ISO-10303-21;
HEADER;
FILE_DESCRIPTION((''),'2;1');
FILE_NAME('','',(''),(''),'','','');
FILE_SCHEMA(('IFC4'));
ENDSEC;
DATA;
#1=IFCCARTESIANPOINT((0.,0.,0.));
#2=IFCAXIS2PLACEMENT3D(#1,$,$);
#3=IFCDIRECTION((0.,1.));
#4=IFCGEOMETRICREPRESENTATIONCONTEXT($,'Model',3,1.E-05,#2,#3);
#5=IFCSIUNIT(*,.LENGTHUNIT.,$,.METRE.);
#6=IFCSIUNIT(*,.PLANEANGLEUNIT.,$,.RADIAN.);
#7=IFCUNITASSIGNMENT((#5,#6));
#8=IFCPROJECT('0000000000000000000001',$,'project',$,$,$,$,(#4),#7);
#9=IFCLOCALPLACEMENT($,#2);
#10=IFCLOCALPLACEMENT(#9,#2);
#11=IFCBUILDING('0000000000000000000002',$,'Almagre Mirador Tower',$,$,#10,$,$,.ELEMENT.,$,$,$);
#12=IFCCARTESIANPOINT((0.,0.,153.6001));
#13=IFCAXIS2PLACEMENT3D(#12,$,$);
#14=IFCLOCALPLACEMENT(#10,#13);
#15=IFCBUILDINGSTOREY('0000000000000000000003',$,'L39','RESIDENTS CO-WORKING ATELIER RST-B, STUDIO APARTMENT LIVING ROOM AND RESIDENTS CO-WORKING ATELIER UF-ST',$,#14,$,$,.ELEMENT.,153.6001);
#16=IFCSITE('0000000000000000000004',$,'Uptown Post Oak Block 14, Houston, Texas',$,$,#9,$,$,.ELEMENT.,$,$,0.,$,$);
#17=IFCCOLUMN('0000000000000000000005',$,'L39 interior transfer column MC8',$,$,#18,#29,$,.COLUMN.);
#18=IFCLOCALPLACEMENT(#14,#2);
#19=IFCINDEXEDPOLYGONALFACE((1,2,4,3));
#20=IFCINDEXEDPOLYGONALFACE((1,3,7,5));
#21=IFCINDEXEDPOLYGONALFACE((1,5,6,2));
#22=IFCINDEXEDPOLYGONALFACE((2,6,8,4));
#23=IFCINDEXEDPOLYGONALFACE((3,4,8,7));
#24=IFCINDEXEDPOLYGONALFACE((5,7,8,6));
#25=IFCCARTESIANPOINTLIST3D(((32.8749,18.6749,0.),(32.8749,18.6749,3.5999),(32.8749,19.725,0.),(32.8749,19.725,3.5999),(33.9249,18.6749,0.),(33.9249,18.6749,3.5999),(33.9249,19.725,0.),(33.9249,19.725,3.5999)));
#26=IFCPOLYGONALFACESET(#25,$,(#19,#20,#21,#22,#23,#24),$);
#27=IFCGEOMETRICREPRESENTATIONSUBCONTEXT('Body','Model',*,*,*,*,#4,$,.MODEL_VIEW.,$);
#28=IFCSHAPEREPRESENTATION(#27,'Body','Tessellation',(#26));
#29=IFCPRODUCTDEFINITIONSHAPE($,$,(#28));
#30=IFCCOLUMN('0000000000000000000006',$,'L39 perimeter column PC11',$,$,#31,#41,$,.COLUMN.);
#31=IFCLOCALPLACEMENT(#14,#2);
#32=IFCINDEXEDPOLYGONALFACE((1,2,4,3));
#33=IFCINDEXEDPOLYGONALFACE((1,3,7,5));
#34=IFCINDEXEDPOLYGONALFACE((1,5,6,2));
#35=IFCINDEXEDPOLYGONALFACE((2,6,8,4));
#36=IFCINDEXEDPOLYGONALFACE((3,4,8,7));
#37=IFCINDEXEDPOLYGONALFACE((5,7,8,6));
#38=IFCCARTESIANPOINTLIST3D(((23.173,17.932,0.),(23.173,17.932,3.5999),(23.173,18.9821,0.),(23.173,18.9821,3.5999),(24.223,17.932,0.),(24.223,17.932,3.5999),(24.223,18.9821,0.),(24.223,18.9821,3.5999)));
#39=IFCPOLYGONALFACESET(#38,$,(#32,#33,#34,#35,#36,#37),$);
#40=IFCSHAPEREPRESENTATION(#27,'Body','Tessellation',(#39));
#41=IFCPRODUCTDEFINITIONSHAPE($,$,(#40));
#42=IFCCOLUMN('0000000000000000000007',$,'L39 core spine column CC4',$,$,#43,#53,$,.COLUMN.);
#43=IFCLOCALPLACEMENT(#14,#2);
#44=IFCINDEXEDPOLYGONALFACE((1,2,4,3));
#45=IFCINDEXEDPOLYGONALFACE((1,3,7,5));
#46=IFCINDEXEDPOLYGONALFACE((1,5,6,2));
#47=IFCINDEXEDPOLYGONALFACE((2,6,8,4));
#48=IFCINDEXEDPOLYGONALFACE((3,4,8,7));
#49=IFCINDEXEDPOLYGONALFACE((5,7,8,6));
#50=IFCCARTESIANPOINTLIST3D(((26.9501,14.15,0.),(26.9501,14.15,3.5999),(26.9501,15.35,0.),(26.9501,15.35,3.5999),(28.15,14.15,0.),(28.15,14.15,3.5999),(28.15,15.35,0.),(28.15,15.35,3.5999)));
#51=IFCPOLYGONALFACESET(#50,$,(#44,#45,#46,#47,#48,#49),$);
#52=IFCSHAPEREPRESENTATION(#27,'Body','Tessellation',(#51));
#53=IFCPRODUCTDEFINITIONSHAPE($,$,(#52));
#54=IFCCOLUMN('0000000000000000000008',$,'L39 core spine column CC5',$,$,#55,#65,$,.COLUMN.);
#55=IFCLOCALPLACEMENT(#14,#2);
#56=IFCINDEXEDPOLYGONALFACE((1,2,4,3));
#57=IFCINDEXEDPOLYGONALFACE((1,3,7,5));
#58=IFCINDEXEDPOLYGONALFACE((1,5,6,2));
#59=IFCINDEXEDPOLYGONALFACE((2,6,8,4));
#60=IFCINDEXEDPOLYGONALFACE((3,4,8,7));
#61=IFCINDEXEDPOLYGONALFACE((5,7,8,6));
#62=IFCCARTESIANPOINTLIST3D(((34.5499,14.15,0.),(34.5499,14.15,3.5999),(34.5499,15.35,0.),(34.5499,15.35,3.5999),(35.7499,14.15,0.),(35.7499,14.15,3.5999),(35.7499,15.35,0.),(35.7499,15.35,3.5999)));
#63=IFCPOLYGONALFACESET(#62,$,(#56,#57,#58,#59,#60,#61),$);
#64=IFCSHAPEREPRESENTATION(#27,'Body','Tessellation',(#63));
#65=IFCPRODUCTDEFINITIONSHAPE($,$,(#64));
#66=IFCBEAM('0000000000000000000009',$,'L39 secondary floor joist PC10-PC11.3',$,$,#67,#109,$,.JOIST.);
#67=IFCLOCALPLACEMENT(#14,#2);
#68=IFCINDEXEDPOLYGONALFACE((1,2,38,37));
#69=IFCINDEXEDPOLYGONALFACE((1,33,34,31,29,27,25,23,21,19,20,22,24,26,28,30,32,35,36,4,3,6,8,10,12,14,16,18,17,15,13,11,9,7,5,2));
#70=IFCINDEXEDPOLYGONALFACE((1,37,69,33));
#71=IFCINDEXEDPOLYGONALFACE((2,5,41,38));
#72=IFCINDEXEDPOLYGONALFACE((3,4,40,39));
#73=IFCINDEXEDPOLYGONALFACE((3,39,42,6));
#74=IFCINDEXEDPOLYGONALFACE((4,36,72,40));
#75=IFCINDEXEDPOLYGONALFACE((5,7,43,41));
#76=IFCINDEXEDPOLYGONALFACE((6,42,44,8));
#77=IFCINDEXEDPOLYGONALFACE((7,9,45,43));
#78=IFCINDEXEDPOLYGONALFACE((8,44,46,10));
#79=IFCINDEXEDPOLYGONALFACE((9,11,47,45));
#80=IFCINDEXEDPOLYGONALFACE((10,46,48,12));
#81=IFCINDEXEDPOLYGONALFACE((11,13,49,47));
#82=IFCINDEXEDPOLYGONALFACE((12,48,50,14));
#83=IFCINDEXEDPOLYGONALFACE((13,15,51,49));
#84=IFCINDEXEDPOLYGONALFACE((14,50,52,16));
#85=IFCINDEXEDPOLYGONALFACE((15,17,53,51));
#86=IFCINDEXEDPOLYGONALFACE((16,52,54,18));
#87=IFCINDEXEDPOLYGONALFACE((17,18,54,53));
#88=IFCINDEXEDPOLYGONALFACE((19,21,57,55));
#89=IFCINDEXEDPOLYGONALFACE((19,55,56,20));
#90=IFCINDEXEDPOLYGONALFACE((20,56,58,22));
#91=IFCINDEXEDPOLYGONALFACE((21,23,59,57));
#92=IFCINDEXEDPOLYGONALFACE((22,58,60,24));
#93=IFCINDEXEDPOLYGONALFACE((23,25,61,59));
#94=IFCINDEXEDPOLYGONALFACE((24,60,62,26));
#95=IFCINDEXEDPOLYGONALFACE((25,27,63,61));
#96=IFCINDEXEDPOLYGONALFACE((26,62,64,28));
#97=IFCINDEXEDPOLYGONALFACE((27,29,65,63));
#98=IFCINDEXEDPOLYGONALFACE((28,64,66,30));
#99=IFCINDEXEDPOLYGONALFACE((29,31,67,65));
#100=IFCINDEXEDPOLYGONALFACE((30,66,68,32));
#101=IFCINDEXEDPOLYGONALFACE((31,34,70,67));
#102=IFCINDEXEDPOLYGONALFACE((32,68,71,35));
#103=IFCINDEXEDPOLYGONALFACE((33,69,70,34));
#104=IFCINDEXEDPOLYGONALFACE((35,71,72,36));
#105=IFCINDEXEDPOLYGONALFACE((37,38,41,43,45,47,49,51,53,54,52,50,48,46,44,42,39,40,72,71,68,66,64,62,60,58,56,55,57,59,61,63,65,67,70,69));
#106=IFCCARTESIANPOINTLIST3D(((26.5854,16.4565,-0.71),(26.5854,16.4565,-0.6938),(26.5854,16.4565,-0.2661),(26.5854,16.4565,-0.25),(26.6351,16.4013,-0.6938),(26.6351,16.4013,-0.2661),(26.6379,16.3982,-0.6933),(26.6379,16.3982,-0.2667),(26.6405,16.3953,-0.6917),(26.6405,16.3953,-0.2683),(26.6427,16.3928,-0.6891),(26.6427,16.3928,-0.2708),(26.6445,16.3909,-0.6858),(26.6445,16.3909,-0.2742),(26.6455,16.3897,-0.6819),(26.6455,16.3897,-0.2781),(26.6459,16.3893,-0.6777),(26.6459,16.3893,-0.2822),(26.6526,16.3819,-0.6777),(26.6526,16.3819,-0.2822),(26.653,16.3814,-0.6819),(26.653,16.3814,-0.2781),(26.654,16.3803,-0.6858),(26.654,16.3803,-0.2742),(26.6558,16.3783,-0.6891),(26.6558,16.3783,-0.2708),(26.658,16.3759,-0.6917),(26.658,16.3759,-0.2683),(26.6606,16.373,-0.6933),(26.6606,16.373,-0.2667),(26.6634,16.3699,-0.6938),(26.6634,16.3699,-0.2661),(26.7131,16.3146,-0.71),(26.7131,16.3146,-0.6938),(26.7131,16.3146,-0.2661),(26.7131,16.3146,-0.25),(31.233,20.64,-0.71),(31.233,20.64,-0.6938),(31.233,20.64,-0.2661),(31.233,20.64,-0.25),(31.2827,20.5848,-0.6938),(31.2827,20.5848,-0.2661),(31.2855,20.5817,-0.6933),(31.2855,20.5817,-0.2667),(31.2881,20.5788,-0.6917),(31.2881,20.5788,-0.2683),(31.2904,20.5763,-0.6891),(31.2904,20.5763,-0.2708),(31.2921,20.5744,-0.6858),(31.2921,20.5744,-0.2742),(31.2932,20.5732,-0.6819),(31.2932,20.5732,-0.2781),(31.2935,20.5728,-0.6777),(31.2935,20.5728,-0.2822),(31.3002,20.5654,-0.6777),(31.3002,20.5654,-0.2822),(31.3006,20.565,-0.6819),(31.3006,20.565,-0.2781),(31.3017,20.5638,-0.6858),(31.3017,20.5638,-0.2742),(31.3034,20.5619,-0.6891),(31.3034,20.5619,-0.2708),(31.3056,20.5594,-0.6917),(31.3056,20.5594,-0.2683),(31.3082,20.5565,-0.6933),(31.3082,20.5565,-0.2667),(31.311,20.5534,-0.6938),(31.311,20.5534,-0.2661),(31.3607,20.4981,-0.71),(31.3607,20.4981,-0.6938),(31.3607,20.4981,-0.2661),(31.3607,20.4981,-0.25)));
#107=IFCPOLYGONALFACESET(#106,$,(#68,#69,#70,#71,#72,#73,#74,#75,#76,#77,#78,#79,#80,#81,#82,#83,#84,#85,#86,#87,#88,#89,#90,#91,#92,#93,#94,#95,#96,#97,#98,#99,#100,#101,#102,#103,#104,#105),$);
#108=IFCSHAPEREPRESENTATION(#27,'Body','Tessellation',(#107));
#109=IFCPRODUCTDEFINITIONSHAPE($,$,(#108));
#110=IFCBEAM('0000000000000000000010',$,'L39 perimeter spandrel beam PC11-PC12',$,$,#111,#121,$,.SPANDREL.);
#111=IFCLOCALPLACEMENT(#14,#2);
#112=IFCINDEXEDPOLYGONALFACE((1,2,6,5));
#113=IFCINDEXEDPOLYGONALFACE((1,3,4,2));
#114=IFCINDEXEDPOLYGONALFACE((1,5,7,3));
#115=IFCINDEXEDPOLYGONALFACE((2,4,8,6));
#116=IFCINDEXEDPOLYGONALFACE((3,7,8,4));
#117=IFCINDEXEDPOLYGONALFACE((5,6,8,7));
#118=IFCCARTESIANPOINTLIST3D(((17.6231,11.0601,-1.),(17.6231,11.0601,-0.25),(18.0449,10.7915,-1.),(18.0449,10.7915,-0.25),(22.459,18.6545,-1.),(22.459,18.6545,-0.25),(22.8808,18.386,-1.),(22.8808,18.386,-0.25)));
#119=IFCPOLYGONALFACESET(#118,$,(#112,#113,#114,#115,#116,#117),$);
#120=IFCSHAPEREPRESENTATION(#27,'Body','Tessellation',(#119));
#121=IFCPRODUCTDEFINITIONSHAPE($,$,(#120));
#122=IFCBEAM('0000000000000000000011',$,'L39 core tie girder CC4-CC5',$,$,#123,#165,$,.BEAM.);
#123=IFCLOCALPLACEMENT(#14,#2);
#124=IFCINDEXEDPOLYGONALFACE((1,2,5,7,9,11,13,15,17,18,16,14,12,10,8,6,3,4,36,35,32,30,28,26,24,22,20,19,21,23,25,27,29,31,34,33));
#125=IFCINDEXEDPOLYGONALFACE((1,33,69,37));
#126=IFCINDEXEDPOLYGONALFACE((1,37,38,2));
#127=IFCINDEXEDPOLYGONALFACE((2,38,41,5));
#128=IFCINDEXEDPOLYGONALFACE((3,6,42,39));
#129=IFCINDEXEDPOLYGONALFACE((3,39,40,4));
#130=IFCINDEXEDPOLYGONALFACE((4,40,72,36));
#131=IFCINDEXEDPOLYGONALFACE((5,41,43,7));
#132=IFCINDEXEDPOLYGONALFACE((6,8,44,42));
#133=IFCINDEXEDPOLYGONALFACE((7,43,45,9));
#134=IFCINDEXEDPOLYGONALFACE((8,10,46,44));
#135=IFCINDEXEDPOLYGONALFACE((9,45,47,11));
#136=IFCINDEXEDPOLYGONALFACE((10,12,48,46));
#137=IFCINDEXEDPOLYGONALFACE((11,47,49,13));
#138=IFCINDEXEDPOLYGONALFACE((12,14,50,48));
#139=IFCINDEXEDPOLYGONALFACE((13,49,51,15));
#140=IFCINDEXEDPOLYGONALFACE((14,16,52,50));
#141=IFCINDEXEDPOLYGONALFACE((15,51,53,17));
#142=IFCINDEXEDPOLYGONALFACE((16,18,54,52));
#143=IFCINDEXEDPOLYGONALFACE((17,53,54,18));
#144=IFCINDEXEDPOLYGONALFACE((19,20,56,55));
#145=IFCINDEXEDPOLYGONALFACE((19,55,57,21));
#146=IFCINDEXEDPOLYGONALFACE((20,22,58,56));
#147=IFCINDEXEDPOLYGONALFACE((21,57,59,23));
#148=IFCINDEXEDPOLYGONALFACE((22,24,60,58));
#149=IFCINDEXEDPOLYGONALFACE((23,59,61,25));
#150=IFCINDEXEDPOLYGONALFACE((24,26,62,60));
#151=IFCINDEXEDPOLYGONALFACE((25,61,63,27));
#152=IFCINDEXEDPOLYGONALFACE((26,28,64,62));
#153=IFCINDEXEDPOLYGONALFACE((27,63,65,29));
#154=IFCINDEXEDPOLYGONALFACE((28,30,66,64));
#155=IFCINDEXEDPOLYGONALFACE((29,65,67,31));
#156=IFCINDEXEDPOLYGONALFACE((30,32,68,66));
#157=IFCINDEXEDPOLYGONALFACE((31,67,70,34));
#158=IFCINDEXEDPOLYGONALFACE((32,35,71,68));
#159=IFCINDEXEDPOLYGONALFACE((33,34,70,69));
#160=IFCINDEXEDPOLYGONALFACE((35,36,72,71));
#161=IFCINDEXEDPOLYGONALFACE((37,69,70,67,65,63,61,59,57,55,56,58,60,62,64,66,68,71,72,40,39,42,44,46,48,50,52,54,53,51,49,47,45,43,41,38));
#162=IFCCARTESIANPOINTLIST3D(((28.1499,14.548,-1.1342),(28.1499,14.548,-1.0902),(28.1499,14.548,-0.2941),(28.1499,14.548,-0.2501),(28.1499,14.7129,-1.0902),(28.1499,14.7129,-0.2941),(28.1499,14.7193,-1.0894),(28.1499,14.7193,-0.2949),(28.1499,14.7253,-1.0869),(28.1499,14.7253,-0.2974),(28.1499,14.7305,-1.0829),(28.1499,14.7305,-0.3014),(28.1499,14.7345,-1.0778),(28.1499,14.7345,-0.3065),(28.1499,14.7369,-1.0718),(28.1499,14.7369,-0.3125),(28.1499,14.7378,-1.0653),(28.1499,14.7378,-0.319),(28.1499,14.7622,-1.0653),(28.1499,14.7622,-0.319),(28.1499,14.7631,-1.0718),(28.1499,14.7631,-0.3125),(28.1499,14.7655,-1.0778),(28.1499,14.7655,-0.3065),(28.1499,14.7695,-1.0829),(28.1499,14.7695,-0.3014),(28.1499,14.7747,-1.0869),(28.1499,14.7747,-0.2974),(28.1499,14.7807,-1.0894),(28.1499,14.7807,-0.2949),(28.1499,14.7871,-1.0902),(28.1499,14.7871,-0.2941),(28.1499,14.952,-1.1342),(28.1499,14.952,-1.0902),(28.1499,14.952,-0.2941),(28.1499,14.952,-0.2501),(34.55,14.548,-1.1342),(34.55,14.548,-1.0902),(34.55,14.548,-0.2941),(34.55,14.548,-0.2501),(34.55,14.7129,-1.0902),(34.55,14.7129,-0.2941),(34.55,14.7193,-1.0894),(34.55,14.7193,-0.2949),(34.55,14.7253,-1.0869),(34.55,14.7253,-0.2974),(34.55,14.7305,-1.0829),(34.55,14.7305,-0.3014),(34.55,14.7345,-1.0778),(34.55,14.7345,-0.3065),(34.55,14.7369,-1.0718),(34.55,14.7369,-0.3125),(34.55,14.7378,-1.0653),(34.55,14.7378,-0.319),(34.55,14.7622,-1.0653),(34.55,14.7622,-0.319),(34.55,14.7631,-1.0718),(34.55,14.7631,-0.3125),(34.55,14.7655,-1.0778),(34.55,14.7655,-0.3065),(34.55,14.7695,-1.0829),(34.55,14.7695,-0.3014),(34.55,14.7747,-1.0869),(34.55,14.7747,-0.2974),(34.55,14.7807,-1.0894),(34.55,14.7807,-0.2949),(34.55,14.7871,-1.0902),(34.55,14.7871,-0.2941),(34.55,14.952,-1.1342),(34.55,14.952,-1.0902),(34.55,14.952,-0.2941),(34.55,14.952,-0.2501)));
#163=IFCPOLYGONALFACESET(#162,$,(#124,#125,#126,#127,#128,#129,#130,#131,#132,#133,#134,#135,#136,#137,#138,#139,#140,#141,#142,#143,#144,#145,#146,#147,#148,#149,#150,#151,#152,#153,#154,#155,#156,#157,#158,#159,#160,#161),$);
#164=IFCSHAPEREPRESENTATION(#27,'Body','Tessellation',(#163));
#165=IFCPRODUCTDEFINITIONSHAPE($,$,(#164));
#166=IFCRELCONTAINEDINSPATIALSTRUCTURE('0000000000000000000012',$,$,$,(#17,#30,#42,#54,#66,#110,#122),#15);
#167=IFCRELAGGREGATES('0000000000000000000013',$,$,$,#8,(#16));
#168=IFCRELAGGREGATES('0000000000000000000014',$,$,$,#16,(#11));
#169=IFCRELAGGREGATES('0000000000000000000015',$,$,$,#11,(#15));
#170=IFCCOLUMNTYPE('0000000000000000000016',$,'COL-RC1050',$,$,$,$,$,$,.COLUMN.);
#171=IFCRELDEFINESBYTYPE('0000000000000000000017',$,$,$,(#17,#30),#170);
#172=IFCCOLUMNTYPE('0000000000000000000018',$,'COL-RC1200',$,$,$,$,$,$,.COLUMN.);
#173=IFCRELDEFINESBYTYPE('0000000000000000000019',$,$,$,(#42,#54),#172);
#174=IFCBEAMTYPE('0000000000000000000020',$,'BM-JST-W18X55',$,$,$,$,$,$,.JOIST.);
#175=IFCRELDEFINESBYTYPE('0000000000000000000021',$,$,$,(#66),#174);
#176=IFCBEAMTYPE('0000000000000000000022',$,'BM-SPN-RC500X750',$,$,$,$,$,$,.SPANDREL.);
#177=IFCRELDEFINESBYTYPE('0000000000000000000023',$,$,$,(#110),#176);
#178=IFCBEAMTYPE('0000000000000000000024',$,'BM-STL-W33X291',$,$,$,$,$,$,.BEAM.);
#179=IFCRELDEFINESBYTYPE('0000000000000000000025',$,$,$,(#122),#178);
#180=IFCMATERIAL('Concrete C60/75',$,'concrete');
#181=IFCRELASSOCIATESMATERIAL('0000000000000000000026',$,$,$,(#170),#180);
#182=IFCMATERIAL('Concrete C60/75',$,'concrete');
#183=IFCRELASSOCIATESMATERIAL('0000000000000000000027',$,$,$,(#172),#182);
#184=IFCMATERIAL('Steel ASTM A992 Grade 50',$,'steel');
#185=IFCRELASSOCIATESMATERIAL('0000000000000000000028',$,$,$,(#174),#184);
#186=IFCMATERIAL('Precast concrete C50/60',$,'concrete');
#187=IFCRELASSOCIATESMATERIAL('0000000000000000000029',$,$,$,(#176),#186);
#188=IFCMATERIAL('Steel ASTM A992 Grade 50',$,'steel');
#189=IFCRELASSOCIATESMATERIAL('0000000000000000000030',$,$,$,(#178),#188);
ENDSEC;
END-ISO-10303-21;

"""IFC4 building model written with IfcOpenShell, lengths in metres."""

from ifc_helpers import new_model, si_unit, direction, frame, origin, origin_2d, place, context, subcontext, project, spatial, rectangle, i_section, extrude, material, material_profile, profile_set, type_object, element, save


model = new_model("IFC4")

# Units and contexts
model_context = context("Model", 3, precision=1e-05, world=origin(), true_north=direction((0.0, 1.0)))
body_context = subcontext(model_context, "Body", "Model", "MODEL_VIEW")
ifc_project = project(units=[si_unit("LENGTHUNIT", "METRE"), si_unit("PLANEANGLEUNIT", "RADIAN")], contexts=[model_context])

# Site, building, storey
site_placement = place(None, origin())
site = spatial("IfcSite", under=ifc_project, at=site_placement, Name="Uptown Post Oak Block 14, Houston, Texas", CompositionType="ELEMENT", RefElevation=0.0)
building_placement = place(site_placement, origin())
building = spatial("IfcBuilding", under=site, at=building_placement, Name="Almagre Mirador Tower", CompositionType="ELEMENT")
storey_placement = place(building_placement, frame((0.0, 0.0, 153.6001)))
storey = spatial("IfcBuildingStorey", under=building, at=storey_placement, Name="L39", Description="RESIDENTS CO-WORKING ATELIER RST-B, STUDIO APARTMENT LIVING ROOM AND RESIDENTS CO-WORKING ATELIER UF-ST", CompositionType="ELEMENT", Elevation=153.6001)

# Columns
ifc_material_1 = material(Name="Concrete C60/75", Category="concrete")
ifc_material_profile_1 = material_profile(ifc_material_1, rectangle(XDim=1.05, YDim=1.05, at=origin_2d()), Name="RC1050X1050")
ifc_profile_set_1 = profile_set([ifc_material_profile_1], Name="Concrete C60/75")
column_type_1 = type_object("IfcColumnType", Name="COL-RC1050", PredefinedType="COLUMN", material=ifc_profile_set_1)
for number, where, z_axis, x_axis, name in (
    (1, (33.3999, 19.2, 0.0), (0.0, 0.0, 1.0), (1.0, 0.0, 0.0), "L39 interior transfer column MC8"),
    (2, (23.698, 18.457, 0.0), (0.0, 0.0, 1.0), (1.0, 0.0, 0.0), "L39 perimeter column PC11"),
):
    element("IfcColumn", number, at=place(storey_placement, frame(where, z_axis=z_axis, x_axis=x_axis)), inside=storey, type_object=column_type_1, Name=name, PredefinedType="COLUMN", context=body_context, shape_type="SweptSolid", body=[
        extrude(rectangle(XDim=1.05, YDim=1.05, at=origin_2d()), origin(), (0.0, 0.0, 1.0), 3.5999),
    ])
ifc_material_2 = material(Name="Concrete C60/75", Category="concrete")
ifc_material_profile_2 = material_profile(ifc_material_2, rectangle(XDim=1.2, YDim=1.2, at=origin_2d()), Name="RC1200X1200")
ifc_profile_set_2 = profile_set([ifc_material_profile_2], Name="Concrete C60/75")
column_type_2 = type_object("IfcColumnType", Name="COL-RC1200", PredefinedType="COLUMN", material=ifc_profile_set_2)
for number, where, z_axis, x_axis, name in (
    (3, (27.55, 14.75, 0.0), (0.0, 0.0, 1.0), (1.0, 0.0, 0.0), "L39 core spine column CC4"),
    (4, (35.1499, 14.75, 0.0), (0.0, 0.0, 1.0), (1.0, 0.0, 0.0), "L39 core spine column CC5"),
):
    element("IfcColumn", number, at=place(storey_placement, frame(where, z_axis=z_axis, x_axis=x_axis)), inside=storey, type_object=column_type_2, Name=name, PredefinedType="COLUMN", context=body_context, shape_type="SweptSolid", body=[
        extrude(rectangle(XDim=1.2, YDim=1.2, at=origin_2d()), origin(), (0.0, 0.0, 1.0), 3.5999),
    ])

# Beams
ifc_material_3 = material(Name="Steel ASTM A992 Grade 50", Category="steel")
ifc_material_profile_3 = material_profile(ifc_material_3, i_section(OverallWidth=0.1909, OverallDepth=0.46, WebThickness=0.01, FlangeThickness=0.0161, FilletRadius=0.0161, at=origin_2d()), Name="W18X55")
ifc_profile_set_3 = profile_set([ifc_material_profile_3], Name="Steel ASTM A992 Grade 50")
beam_type_1 = type_object("IfcBeamType", Name="BM-JST-W18X55", PredefinedType="JOIST", material=ifc_profile_set_3)
beam_1_placement = place(storey_placement, frame((31.2969, 20.5691, -0.48), z_axis=(-0.743242, -0.669023, 0.0), x_axis=(0.669023, -0.743242, 0.0)))
element("IfcBeam", 5, at=beam_1_placement, inside=storey, type_object=beam_type_1, Name="L39 secondary floor joist PC10-PC11.3", PredefinedType="JOIST", context=body_context, shape_type="SweptSolid", body=[
    extrude(i_section(OverallWidth=0.1909, OverallDepth=0.46, WebThickness=0.01, FlangeThickness=0.0161, FilletRadius=0.0161, at=origin_2d()), origin(), (0.0, 0.0, 1.0), 6.2532),
])
ifc_material_4 = material(Name="Precast concrete C50/60", Category="concrete")
ifc_material_profile_4 = material_profile(ifc_material_4, rectangle(XDim=0.5, YDim=0.75, at=origin_2d()), Name="RC500X750")
ifc_profile_set_4 = profile_set([ifc_material_profile_4], Name="Precast concrete C50/60")
beam_type_2 = type_object("IfcBeamType", Name="BM-SPN-RC500X750", PredefinedType="SPANDREL", material=ifc_profile_set_4)
beam_2_placement = place(storey_placement, frame((22.6699, 18.5203, -0.625), z_axis=(-0.537119, -0.843506, 0.0), x_axis=(0.843506, -0.537119, 0.0)))
element("IfcBeam", 6, at=beam_2_placement, inside=storey, type_object=beam_type_2, Name="L39 perimeter spandrel beam PC11-PC12", PredefinedType="SPANDREL", context=body_context, shape_type="SweptSolid", body=[
    extrude(rectangle(XDim=0.5, YDim=0.75, at=origin_2d()), origin(), (0.0, 0.0, 1.0), 9.0034),
])
ifc_material_5 = material(Name="Steel ASTM A992 Grade 50", Category="steel")
ifc_material_profile_5 = material_profile(ifc_material_5, i_section(OverallWidth=0.4041, OverallDepth=0.884, WebThickness=0.0244, FlangeThickness=0.0439, FilletRadius=0.0249, at=origin_2d()), Name="W33X291")
ifc_profile_set_5 = profile_set([ifc_material_profile_5], Name="Steel ASTM A992 Grade 50")
beam_type_3 = type_object("IfcBeamType", Name="BM-STL-W33X291", PredefinedType="BEAM", material=ifc_profile_set_5)
beam_3_placement = place(storey_placement, frame((28.1499, 14.75, -0.6921), z_axis=(1.0, 0.0, 0.0), x_axis=(0.0, 1.0, 0.0)))
element("IfcBeam", 7, at=beam_3_placement, inside=storey, type_object=beam_type_3, Name="L39 core tie girder CC4-CC5", PredefinedType="BEAM", context=body_context, shape_type="SweptSolid", body=[
    extrude(i_section(OverallWidth=0.4041, OverallDepth=0.884, WebThickness=0.0244, FlangeThickness=0.0439, FilletRadius=0.0249, at=origin_2d()), origin(), (0.0, 0.0, 1.0), 6.4001),
])

save(model, "model.ifc")
